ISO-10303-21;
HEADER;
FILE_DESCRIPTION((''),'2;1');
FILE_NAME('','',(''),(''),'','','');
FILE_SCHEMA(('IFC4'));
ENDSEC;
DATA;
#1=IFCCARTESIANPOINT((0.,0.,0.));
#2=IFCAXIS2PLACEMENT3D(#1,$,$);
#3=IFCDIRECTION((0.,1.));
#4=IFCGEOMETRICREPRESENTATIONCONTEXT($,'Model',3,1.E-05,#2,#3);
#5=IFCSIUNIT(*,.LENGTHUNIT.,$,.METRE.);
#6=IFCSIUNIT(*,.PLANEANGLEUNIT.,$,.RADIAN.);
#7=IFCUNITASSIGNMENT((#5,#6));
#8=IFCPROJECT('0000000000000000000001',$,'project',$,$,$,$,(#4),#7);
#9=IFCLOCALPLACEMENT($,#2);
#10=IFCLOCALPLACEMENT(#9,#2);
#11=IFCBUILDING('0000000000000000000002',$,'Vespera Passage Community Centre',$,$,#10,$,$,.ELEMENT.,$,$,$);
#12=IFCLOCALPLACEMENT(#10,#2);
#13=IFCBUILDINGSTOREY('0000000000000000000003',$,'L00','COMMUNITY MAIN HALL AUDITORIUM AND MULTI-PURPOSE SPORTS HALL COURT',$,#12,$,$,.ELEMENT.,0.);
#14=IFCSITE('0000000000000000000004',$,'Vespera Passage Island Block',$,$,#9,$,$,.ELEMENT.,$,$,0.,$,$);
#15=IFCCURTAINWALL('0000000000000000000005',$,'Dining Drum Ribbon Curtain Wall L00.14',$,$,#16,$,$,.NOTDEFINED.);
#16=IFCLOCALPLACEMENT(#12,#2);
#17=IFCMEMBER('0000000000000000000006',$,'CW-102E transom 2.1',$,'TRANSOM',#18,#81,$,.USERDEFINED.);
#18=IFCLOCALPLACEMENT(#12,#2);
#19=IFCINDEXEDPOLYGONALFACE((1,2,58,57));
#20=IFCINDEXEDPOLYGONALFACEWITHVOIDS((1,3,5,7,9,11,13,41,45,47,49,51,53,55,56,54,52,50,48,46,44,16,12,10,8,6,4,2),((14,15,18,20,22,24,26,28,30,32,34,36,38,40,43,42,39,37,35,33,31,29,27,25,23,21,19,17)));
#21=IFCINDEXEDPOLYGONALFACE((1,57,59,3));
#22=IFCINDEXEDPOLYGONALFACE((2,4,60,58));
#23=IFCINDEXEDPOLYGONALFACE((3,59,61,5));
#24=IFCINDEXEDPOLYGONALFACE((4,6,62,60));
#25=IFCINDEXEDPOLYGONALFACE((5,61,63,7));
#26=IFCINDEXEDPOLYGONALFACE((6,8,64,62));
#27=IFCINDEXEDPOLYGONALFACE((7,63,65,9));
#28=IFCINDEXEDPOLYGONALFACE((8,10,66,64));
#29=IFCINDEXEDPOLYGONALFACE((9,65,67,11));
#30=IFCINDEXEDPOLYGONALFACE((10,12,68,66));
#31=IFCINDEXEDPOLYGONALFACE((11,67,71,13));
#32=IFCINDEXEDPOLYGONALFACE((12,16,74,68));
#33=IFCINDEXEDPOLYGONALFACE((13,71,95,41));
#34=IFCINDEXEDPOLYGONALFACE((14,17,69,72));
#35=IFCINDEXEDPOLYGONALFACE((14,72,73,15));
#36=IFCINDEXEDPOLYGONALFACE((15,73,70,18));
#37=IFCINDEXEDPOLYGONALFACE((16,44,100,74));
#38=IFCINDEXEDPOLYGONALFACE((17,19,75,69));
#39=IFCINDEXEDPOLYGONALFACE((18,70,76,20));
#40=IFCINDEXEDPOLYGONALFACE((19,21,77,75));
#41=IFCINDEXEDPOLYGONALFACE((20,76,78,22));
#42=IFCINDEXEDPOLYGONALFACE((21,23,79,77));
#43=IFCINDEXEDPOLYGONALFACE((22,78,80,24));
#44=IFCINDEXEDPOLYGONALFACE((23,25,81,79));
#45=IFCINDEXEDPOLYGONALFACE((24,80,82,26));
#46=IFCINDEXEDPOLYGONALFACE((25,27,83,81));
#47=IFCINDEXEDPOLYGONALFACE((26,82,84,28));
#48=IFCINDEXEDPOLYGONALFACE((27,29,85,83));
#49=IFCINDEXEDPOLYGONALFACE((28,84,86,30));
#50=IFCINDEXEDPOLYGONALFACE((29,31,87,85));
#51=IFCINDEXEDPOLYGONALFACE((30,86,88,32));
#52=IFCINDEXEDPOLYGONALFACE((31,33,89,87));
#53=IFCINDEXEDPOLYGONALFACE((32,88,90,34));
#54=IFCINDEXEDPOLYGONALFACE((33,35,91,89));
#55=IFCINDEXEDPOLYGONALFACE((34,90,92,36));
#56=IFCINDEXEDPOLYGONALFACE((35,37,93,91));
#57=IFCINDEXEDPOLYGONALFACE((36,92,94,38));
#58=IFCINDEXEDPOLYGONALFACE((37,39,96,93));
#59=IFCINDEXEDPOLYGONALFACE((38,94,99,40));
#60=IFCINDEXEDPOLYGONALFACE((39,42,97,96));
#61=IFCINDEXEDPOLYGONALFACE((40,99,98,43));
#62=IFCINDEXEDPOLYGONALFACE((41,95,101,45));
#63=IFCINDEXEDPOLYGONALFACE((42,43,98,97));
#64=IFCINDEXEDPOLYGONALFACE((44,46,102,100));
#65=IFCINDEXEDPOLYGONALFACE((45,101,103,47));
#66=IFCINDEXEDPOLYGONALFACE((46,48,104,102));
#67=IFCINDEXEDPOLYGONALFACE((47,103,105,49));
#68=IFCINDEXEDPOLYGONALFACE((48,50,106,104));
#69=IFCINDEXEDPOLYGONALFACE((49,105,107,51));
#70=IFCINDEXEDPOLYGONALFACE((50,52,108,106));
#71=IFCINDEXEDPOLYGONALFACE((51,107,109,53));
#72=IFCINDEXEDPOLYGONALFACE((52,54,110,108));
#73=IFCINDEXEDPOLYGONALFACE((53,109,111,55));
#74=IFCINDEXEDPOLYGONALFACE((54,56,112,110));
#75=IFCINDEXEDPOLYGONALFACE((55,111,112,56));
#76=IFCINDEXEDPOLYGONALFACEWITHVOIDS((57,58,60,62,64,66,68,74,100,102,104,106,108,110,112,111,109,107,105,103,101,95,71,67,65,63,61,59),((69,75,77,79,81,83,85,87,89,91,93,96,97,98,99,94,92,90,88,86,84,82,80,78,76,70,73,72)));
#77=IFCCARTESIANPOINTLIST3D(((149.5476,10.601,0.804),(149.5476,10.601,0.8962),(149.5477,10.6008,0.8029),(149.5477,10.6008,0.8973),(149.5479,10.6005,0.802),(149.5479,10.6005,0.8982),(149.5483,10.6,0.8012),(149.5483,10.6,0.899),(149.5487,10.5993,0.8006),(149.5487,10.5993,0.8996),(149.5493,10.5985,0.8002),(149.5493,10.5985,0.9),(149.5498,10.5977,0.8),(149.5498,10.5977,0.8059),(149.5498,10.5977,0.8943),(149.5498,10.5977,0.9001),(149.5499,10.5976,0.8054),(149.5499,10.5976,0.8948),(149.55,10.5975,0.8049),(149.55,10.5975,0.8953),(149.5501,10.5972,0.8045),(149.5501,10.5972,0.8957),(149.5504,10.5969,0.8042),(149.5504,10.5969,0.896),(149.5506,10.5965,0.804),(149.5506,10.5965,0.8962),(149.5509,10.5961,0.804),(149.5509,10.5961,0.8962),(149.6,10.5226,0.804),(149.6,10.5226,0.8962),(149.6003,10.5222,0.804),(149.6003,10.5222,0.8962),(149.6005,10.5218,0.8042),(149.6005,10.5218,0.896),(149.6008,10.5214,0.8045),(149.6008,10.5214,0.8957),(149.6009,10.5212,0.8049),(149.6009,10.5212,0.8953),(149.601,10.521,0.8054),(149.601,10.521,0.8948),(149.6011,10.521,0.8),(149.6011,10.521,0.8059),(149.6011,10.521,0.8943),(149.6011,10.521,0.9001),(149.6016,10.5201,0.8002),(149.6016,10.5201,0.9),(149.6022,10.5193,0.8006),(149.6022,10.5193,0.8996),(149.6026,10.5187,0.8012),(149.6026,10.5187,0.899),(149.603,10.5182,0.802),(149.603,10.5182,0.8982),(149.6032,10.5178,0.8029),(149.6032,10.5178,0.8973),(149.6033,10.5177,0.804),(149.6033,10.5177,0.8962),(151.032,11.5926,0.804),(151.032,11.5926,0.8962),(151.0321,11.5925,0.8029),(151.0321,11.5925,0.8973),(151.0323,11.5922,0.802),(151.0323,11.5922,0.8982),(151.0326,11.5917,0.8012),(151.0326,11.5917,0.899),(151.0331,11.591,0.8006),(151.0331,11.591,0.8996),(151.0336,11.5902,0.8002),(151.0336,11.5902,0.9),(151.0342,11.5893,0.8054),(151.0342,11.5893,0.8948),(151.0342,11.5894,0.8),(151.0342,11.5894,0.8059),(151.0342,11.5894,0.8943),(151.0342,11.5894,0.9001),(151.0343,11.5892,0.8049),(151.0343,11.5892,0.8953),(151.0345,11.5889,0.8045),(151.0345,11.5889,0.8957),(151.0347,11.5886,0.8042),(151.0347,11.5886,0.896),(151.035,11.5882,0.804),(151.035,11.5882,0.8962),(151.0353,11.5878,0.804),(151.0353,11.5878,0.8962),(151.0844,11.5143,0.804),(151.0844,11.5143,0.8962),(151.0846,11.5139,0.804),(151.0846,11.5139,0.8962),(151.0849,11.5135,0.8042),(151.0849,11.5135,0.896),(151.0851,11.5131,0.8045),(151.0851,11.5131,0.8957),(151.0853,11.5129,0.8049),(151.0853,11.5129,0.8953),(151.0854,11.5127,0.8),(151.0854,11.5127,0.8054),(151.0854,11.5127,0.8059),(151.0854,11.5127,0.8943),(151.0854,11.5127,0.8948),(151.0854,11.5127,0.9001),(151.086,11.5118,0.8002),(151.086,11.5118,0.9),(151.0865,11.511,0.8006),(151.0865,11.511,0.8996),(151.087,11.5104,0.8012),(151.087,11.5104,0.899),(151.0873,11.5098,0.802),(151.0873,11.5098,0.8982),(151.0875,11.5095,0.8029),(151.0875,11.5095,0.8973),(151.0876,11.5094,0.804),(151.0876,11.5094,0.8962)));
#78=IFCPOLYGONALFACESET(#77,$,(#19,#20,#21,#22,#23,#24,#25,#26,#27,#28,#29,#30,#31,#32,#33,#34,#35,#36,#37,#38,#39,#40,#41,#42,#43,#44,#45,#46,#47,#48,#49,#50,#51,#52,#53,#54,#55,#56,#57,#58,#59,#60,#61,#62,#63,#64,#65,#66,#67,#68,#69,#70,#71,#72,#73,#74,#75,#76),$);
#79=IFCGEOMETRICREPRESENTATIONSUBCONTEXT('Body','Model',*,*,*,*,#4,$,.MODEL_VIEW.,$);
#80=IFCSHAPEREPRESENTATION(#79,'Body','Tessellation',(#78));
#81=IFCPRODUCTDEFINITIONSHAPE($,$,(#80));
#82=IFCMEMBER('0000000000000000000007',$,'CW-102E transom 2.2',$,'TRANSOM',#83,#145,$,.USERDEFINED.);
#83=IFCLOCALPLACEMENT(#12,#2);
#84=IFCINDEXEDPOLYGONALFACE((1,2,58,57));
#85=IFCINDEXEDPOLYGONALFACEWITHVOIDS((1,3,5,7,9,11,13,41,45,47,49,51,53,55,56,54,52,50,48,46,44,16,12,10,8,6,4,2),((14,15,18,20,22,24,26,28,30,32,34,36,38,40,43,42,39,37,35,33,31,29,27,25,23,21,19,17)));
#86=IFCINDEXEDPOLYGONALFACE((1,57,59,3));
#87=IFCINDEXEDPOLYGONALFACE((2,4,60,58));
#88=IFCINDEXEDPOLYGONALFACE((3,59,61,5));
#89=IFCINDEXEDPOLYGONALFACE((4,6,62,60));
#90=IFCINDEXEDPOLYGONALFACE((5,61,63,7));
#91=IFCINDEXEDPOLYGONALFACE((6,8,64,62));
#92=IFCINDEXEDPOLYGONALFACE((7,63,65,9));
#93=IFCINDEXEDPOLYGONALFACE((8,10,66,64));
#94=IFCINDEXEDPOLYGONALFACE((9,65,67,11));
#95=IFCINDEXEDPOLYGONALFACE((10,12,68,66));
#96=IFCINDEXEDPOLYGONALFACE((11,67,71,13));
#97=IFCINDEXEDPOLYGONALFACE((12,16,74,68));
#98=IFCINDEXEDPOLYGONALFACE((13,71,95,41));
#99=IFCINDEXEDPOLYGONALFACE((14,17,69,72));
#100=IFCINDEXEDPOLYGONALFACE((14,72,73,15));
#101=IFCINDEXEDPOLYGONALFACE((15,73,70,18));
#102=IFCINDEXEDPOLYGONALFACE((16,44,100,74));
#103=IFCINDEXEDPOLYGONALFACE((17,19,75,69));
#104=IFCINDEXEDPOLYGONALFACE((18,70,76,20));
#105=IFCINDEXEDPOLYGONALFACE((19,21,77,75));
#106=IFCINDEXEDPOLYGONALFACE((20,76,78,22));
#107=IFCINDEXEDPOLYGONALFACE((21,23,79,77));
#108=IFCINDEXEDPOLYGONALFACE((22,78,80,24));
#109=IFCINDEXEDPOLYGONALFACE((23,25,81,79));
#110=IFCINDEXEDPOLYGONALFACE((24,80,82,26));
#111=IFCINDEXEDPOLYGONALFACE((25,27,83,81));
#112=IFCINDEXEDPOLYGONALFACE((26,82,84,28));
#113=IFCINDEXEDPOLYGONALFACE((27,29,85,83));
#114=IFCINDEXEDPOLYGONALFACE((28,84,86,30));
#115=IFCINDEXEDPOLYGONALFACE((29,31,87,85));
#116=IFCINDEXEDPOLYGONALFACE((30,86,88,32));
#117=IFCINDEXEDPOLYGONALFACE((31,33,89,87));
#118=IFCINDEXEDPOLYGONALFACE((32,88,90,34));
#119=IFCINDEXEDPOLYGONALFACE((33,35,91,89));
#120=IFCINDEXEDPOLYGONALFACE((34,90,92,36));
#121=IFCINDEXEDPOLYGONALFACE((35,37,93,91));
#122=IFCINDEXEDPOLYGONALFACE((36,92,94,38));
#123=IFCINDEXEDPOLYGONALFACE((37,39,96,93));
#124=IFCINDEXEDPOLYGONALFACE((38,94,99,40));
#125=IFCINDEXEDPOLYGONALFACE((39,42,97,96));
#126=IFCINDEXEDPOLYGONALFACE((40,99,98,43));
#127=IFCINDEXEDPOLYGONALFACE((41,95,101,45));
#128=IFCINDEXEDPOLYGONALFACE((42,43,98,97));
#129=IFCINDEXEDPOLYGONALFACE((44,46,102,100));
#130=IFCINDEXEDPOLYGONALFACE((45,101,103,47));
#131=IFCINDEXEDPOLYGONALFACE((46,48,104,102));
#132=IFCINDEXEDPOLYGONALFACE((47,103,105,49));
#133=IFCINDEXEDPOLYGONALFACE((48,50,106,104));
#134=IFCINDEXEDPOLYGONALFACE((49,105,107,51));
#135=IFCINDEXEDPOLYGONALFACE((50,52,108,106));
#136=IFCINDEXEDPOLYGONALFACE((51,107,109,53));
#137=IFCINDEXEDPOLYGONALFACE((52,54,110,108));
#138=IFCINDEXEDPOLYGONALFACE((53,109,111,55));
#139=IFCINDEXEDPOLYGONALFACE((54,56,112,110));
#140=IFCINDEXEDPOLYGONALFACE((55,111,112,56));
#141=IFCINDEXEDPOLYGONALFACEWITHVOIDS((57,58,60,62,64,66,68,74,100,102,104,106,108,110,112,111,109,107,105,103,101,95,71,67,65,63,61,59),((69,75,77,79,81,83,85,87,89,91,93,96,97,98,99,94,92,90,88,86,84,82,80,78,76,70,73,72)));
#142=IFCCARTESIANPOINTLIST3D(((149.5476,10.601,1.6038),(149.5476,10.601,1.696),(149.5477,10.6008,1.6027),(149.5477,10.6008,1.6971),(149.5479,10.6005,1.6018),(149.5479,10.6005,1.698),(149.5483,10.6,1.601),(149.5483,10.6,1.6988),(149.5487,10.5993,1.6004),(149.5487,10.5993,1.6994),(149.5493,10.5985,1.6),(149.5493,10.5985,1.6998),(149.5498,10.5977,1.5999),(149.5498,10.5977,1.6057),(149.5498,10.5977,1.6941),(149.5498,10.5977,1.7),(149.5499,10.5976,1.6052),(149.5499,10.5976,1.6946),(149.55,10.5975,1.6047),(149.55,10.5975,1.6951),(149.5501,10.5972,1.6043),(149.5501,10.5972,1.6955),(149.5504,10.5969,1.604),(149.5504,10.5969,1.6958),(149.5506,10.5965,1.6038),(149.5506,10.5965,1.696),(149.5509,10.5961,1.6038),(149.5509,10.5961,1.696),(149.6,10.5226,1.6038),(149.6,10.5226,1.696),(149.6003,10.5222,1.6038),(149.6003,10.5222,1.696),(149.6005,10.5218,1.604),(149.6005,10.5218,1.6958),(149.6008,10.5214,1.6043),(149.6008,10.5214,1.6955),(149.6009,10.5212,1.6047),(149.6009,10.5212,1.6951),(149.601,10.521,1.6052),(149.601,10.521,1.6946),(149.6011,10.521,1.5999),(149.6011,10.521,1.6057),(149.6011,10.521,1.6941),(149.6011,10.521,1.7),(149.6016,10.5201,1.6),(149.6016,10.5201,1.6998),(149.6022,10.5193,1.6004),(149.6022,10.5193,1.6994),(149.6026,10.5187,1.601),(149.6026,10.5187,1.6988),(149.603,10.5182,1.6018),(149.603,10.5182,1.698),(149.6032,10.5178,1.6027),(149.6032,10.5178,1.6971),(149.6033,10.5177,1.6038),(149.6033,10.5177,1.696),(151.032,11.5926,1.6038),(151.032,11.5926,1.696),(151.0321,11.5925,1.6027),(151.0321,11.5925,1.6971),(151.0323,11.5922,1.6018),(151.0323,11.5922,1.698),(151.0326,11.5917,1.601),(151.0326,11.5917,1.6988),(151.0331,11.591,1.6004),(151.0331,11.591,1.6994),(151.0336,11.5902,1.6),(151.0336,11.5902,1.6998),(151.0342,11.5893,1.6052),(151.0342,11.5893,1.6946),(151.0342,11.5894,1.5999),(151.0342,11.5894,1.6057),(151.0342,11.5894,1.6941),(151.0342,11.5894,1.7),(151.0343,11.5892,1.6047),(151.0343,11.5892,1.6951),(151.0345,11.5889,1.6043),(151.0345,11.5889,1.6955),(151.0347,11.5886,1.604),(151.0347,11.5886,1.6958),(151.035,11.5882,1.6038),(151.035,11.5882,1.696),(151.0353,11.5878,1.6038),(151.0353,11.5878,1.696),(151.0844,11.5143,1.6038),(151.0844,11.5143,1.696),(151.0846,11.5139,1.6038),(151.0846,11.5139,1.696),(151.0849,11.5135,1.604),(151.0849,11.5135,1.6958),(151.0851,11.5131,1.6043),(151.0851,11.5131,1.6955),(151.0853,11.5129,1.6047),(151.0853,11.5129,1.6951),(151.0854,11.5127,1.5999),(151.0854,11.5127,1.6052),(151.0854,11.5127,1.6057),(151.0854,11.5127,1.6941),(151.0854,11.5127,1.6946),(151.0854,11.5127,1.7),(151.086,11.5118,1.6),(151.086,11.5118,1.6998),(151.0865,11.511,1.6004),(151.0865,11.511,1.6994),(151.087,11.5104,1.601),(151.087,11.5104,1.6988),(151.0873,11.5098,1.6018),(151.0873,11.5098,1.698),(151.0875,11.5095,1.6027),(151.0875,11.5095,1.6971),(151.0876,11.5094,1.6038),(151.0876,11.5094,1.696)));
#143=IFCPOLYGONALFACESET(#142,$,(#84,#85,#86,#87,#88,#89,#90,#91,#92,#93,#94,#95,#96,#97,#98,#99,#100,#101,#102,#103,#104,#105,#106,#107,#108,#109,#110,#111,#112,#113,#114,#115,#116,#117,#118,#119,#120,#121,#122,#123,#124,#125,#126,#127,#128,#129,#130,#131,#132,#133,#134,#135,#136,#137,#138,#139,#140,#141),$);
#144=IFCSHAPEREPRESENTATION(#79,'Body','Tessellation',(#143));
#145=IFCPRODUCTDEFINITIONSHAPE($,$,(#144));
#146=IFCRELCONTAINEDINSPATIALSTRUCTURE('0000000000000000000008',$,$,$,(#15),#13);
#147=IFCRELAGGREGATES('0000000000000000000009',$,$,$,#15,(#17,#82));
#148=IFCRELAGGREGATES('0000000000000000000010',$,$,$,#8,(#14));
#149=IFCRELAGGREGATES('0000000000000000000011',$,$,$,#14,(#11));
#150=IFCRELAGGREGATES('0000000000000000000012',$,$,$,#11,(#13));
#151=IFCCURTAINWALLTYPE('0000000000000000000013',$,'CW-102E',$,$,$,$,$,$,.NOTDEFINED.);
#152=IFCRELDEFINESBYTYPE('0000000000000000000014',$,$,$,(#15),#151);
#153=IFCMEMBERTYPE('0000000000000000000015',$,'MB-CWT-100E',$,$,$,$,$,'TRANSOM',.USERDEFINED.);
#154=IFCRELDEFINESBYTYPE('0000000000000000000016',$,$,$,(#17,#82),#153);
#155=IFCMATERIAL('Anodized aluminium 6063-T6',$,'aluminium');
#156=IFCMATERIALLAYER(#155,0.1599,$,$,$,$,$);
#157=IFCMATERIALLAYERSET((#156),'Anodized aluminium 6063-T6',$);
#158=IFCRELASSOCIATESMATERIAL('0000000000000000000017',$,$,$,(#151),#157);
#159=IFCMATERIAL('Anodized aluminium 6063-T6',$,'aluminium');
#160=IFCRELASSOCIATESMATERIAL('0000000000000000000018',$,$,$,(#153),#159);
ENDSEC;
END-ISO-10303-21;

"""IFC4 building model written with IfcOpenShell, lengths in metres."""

from ifc_helpers import new_model, si_unit, direction, frame, origin, origin_2d, place, context, subcontext, project, spatial, hollow_rectangle, extrude, material, layer, layer_set, material_profile, profile_set, type_object, element, aggregate, save


model = new_model("IFC4")

# Units and contexts
model_context = context("Model", 3, precision=1e-05, world=origin(), true_north=direction((0.0, 1.0)))
body_context = subcontext(model_context, "Body", "Model", "MODEL_VIEW")
ifc_project = project(units=[si_unit("LENGTHUNIT", "METRE"), si_unit("PLANEANGLEUNIT", "RADIAN")], contexts=[model_context])

# Site, building, storey
site_placement = place(None, origin())
site = spatial("IfcSite", under=ifc_project, at=site_placement, Name="Vespera Passage Island Block", CompositionType="ELEMENT", RefElevation=0.0)
building_placement = place(site_placement, origin())
building = spatial("IfcBuilding", under=site, at=building_placement, Name="Vespera Passage Community Centre", CompositionType="ELEMENT")
storey_placement = place(building_placement, origin())
storey = spatial("IfcBuildingStorey", under=building, at=storey_placement, Name="L00", Description="COMMUNITY MAIN HALL AUDITORIUM AND MULTI-PURPOSE SPORTS HALL COURT", CompositionType="ELEMENT", Elevation=0.0)

# Curtain wall, members
ifc_material_1 = material(Name="Anodized aluminium 6063-T6", Category="aluminium")
ifc_layer_1 = layer(ifc_material_1, 0.1599)
ifc_layer_set_1 = layer_set([ifc_layer_1], Name="Anodized aluminium 6063-T6")
curtain_wall_type = type_object("IfcCurtainWallType", Name="CW-102E", PredefinedType="NOTDEFINED", material=ifc_layer_set_1)
curtain_wall_placement = place(storey_placement, origin())
curtain_wall = element("IfcCurtainWall", 1, at=curtain_wall_placement, inside=storey, type_object=curtain_wall_type, Name="Dining Drum Ribbon Curtain Wall L00.14", PredefinedType="NOTDEFINED")
ifc_material_2 = material(Name="Anodized aluminium 6063-T6", Category="aluminium")
ifc_material_profile_1 = material_profile(ifc_material_2, hollow_rectangle(XDim=0.1001, YDim=0.1001, WallThickness=0.0039, InnerFilletRadius=0.002, OuterFilletRadius=0.0039, at=origin_2d()), Name="ALU100X100X4")
ifc_profile_set_1 = profile_set([ifc_material_profile_1], Name="Anodized aluminium 6063-T6")
member_type_1 = type_object("IfcMemberType", Name="MB-CWT-100E", ElementType="TRANSOM", PredefinedType="USERDEFINED", material=ifc_profile_set_1)
member_1_placement = place(storey_placement, frame((151.0598, 11.551, 0.8501), z_axis=(-0.831503, -0.55552, 0.0), x_axis=(0.55552, -0.831503, 0.0)))
member_1 = element("IfcMember", 2, at=member_1_placement, type_object=member_type_1, Name="CW-102E transom 2.1", ObjectType="TRANSOM", PredefinedType="USERDEFINED", context=body_context, shape_type="SweptSolid", body=[
    extrude(hollow_rectangle(XDim=0.1001, YDim=0.1001, WallThickness=0.0039, InnerFilletRadius=0.002, OuterFilletRadius=0.0039, at=origin_2d()), origin(), (0.0, 0.0, 1.0), 1.7852),
])
member_2_placement = place(storey_placement, frame((151.0598, 11.551, 1.6499), z_axis=(-0.831503, -0.55552, 0.0), x_axis=(0.55552, -0.831503, 0.0)))
member_2 = element("IfcMember", 3, at=member_2_placement, type_object=member_type_1, Name="CW-102E transom 2.2", ObjectType="TRANSOM", PredefinedType="USERDEFINED", context=body_context, shape_type="SweptSolid", body=[
    extrude(hollow_rectangle(XDim=0.1001, YDim=0.1001, WallThickness=0.0039, InnerFilletRadius=0.002, OuterFilletRadius=0.0039, at=origin_2d()), origin(), (0.0, 0.0, 1.0), 1.7852),
])
aggregate(curtain_wall, [member_1, member_2])

save(model, "model.ifc")
